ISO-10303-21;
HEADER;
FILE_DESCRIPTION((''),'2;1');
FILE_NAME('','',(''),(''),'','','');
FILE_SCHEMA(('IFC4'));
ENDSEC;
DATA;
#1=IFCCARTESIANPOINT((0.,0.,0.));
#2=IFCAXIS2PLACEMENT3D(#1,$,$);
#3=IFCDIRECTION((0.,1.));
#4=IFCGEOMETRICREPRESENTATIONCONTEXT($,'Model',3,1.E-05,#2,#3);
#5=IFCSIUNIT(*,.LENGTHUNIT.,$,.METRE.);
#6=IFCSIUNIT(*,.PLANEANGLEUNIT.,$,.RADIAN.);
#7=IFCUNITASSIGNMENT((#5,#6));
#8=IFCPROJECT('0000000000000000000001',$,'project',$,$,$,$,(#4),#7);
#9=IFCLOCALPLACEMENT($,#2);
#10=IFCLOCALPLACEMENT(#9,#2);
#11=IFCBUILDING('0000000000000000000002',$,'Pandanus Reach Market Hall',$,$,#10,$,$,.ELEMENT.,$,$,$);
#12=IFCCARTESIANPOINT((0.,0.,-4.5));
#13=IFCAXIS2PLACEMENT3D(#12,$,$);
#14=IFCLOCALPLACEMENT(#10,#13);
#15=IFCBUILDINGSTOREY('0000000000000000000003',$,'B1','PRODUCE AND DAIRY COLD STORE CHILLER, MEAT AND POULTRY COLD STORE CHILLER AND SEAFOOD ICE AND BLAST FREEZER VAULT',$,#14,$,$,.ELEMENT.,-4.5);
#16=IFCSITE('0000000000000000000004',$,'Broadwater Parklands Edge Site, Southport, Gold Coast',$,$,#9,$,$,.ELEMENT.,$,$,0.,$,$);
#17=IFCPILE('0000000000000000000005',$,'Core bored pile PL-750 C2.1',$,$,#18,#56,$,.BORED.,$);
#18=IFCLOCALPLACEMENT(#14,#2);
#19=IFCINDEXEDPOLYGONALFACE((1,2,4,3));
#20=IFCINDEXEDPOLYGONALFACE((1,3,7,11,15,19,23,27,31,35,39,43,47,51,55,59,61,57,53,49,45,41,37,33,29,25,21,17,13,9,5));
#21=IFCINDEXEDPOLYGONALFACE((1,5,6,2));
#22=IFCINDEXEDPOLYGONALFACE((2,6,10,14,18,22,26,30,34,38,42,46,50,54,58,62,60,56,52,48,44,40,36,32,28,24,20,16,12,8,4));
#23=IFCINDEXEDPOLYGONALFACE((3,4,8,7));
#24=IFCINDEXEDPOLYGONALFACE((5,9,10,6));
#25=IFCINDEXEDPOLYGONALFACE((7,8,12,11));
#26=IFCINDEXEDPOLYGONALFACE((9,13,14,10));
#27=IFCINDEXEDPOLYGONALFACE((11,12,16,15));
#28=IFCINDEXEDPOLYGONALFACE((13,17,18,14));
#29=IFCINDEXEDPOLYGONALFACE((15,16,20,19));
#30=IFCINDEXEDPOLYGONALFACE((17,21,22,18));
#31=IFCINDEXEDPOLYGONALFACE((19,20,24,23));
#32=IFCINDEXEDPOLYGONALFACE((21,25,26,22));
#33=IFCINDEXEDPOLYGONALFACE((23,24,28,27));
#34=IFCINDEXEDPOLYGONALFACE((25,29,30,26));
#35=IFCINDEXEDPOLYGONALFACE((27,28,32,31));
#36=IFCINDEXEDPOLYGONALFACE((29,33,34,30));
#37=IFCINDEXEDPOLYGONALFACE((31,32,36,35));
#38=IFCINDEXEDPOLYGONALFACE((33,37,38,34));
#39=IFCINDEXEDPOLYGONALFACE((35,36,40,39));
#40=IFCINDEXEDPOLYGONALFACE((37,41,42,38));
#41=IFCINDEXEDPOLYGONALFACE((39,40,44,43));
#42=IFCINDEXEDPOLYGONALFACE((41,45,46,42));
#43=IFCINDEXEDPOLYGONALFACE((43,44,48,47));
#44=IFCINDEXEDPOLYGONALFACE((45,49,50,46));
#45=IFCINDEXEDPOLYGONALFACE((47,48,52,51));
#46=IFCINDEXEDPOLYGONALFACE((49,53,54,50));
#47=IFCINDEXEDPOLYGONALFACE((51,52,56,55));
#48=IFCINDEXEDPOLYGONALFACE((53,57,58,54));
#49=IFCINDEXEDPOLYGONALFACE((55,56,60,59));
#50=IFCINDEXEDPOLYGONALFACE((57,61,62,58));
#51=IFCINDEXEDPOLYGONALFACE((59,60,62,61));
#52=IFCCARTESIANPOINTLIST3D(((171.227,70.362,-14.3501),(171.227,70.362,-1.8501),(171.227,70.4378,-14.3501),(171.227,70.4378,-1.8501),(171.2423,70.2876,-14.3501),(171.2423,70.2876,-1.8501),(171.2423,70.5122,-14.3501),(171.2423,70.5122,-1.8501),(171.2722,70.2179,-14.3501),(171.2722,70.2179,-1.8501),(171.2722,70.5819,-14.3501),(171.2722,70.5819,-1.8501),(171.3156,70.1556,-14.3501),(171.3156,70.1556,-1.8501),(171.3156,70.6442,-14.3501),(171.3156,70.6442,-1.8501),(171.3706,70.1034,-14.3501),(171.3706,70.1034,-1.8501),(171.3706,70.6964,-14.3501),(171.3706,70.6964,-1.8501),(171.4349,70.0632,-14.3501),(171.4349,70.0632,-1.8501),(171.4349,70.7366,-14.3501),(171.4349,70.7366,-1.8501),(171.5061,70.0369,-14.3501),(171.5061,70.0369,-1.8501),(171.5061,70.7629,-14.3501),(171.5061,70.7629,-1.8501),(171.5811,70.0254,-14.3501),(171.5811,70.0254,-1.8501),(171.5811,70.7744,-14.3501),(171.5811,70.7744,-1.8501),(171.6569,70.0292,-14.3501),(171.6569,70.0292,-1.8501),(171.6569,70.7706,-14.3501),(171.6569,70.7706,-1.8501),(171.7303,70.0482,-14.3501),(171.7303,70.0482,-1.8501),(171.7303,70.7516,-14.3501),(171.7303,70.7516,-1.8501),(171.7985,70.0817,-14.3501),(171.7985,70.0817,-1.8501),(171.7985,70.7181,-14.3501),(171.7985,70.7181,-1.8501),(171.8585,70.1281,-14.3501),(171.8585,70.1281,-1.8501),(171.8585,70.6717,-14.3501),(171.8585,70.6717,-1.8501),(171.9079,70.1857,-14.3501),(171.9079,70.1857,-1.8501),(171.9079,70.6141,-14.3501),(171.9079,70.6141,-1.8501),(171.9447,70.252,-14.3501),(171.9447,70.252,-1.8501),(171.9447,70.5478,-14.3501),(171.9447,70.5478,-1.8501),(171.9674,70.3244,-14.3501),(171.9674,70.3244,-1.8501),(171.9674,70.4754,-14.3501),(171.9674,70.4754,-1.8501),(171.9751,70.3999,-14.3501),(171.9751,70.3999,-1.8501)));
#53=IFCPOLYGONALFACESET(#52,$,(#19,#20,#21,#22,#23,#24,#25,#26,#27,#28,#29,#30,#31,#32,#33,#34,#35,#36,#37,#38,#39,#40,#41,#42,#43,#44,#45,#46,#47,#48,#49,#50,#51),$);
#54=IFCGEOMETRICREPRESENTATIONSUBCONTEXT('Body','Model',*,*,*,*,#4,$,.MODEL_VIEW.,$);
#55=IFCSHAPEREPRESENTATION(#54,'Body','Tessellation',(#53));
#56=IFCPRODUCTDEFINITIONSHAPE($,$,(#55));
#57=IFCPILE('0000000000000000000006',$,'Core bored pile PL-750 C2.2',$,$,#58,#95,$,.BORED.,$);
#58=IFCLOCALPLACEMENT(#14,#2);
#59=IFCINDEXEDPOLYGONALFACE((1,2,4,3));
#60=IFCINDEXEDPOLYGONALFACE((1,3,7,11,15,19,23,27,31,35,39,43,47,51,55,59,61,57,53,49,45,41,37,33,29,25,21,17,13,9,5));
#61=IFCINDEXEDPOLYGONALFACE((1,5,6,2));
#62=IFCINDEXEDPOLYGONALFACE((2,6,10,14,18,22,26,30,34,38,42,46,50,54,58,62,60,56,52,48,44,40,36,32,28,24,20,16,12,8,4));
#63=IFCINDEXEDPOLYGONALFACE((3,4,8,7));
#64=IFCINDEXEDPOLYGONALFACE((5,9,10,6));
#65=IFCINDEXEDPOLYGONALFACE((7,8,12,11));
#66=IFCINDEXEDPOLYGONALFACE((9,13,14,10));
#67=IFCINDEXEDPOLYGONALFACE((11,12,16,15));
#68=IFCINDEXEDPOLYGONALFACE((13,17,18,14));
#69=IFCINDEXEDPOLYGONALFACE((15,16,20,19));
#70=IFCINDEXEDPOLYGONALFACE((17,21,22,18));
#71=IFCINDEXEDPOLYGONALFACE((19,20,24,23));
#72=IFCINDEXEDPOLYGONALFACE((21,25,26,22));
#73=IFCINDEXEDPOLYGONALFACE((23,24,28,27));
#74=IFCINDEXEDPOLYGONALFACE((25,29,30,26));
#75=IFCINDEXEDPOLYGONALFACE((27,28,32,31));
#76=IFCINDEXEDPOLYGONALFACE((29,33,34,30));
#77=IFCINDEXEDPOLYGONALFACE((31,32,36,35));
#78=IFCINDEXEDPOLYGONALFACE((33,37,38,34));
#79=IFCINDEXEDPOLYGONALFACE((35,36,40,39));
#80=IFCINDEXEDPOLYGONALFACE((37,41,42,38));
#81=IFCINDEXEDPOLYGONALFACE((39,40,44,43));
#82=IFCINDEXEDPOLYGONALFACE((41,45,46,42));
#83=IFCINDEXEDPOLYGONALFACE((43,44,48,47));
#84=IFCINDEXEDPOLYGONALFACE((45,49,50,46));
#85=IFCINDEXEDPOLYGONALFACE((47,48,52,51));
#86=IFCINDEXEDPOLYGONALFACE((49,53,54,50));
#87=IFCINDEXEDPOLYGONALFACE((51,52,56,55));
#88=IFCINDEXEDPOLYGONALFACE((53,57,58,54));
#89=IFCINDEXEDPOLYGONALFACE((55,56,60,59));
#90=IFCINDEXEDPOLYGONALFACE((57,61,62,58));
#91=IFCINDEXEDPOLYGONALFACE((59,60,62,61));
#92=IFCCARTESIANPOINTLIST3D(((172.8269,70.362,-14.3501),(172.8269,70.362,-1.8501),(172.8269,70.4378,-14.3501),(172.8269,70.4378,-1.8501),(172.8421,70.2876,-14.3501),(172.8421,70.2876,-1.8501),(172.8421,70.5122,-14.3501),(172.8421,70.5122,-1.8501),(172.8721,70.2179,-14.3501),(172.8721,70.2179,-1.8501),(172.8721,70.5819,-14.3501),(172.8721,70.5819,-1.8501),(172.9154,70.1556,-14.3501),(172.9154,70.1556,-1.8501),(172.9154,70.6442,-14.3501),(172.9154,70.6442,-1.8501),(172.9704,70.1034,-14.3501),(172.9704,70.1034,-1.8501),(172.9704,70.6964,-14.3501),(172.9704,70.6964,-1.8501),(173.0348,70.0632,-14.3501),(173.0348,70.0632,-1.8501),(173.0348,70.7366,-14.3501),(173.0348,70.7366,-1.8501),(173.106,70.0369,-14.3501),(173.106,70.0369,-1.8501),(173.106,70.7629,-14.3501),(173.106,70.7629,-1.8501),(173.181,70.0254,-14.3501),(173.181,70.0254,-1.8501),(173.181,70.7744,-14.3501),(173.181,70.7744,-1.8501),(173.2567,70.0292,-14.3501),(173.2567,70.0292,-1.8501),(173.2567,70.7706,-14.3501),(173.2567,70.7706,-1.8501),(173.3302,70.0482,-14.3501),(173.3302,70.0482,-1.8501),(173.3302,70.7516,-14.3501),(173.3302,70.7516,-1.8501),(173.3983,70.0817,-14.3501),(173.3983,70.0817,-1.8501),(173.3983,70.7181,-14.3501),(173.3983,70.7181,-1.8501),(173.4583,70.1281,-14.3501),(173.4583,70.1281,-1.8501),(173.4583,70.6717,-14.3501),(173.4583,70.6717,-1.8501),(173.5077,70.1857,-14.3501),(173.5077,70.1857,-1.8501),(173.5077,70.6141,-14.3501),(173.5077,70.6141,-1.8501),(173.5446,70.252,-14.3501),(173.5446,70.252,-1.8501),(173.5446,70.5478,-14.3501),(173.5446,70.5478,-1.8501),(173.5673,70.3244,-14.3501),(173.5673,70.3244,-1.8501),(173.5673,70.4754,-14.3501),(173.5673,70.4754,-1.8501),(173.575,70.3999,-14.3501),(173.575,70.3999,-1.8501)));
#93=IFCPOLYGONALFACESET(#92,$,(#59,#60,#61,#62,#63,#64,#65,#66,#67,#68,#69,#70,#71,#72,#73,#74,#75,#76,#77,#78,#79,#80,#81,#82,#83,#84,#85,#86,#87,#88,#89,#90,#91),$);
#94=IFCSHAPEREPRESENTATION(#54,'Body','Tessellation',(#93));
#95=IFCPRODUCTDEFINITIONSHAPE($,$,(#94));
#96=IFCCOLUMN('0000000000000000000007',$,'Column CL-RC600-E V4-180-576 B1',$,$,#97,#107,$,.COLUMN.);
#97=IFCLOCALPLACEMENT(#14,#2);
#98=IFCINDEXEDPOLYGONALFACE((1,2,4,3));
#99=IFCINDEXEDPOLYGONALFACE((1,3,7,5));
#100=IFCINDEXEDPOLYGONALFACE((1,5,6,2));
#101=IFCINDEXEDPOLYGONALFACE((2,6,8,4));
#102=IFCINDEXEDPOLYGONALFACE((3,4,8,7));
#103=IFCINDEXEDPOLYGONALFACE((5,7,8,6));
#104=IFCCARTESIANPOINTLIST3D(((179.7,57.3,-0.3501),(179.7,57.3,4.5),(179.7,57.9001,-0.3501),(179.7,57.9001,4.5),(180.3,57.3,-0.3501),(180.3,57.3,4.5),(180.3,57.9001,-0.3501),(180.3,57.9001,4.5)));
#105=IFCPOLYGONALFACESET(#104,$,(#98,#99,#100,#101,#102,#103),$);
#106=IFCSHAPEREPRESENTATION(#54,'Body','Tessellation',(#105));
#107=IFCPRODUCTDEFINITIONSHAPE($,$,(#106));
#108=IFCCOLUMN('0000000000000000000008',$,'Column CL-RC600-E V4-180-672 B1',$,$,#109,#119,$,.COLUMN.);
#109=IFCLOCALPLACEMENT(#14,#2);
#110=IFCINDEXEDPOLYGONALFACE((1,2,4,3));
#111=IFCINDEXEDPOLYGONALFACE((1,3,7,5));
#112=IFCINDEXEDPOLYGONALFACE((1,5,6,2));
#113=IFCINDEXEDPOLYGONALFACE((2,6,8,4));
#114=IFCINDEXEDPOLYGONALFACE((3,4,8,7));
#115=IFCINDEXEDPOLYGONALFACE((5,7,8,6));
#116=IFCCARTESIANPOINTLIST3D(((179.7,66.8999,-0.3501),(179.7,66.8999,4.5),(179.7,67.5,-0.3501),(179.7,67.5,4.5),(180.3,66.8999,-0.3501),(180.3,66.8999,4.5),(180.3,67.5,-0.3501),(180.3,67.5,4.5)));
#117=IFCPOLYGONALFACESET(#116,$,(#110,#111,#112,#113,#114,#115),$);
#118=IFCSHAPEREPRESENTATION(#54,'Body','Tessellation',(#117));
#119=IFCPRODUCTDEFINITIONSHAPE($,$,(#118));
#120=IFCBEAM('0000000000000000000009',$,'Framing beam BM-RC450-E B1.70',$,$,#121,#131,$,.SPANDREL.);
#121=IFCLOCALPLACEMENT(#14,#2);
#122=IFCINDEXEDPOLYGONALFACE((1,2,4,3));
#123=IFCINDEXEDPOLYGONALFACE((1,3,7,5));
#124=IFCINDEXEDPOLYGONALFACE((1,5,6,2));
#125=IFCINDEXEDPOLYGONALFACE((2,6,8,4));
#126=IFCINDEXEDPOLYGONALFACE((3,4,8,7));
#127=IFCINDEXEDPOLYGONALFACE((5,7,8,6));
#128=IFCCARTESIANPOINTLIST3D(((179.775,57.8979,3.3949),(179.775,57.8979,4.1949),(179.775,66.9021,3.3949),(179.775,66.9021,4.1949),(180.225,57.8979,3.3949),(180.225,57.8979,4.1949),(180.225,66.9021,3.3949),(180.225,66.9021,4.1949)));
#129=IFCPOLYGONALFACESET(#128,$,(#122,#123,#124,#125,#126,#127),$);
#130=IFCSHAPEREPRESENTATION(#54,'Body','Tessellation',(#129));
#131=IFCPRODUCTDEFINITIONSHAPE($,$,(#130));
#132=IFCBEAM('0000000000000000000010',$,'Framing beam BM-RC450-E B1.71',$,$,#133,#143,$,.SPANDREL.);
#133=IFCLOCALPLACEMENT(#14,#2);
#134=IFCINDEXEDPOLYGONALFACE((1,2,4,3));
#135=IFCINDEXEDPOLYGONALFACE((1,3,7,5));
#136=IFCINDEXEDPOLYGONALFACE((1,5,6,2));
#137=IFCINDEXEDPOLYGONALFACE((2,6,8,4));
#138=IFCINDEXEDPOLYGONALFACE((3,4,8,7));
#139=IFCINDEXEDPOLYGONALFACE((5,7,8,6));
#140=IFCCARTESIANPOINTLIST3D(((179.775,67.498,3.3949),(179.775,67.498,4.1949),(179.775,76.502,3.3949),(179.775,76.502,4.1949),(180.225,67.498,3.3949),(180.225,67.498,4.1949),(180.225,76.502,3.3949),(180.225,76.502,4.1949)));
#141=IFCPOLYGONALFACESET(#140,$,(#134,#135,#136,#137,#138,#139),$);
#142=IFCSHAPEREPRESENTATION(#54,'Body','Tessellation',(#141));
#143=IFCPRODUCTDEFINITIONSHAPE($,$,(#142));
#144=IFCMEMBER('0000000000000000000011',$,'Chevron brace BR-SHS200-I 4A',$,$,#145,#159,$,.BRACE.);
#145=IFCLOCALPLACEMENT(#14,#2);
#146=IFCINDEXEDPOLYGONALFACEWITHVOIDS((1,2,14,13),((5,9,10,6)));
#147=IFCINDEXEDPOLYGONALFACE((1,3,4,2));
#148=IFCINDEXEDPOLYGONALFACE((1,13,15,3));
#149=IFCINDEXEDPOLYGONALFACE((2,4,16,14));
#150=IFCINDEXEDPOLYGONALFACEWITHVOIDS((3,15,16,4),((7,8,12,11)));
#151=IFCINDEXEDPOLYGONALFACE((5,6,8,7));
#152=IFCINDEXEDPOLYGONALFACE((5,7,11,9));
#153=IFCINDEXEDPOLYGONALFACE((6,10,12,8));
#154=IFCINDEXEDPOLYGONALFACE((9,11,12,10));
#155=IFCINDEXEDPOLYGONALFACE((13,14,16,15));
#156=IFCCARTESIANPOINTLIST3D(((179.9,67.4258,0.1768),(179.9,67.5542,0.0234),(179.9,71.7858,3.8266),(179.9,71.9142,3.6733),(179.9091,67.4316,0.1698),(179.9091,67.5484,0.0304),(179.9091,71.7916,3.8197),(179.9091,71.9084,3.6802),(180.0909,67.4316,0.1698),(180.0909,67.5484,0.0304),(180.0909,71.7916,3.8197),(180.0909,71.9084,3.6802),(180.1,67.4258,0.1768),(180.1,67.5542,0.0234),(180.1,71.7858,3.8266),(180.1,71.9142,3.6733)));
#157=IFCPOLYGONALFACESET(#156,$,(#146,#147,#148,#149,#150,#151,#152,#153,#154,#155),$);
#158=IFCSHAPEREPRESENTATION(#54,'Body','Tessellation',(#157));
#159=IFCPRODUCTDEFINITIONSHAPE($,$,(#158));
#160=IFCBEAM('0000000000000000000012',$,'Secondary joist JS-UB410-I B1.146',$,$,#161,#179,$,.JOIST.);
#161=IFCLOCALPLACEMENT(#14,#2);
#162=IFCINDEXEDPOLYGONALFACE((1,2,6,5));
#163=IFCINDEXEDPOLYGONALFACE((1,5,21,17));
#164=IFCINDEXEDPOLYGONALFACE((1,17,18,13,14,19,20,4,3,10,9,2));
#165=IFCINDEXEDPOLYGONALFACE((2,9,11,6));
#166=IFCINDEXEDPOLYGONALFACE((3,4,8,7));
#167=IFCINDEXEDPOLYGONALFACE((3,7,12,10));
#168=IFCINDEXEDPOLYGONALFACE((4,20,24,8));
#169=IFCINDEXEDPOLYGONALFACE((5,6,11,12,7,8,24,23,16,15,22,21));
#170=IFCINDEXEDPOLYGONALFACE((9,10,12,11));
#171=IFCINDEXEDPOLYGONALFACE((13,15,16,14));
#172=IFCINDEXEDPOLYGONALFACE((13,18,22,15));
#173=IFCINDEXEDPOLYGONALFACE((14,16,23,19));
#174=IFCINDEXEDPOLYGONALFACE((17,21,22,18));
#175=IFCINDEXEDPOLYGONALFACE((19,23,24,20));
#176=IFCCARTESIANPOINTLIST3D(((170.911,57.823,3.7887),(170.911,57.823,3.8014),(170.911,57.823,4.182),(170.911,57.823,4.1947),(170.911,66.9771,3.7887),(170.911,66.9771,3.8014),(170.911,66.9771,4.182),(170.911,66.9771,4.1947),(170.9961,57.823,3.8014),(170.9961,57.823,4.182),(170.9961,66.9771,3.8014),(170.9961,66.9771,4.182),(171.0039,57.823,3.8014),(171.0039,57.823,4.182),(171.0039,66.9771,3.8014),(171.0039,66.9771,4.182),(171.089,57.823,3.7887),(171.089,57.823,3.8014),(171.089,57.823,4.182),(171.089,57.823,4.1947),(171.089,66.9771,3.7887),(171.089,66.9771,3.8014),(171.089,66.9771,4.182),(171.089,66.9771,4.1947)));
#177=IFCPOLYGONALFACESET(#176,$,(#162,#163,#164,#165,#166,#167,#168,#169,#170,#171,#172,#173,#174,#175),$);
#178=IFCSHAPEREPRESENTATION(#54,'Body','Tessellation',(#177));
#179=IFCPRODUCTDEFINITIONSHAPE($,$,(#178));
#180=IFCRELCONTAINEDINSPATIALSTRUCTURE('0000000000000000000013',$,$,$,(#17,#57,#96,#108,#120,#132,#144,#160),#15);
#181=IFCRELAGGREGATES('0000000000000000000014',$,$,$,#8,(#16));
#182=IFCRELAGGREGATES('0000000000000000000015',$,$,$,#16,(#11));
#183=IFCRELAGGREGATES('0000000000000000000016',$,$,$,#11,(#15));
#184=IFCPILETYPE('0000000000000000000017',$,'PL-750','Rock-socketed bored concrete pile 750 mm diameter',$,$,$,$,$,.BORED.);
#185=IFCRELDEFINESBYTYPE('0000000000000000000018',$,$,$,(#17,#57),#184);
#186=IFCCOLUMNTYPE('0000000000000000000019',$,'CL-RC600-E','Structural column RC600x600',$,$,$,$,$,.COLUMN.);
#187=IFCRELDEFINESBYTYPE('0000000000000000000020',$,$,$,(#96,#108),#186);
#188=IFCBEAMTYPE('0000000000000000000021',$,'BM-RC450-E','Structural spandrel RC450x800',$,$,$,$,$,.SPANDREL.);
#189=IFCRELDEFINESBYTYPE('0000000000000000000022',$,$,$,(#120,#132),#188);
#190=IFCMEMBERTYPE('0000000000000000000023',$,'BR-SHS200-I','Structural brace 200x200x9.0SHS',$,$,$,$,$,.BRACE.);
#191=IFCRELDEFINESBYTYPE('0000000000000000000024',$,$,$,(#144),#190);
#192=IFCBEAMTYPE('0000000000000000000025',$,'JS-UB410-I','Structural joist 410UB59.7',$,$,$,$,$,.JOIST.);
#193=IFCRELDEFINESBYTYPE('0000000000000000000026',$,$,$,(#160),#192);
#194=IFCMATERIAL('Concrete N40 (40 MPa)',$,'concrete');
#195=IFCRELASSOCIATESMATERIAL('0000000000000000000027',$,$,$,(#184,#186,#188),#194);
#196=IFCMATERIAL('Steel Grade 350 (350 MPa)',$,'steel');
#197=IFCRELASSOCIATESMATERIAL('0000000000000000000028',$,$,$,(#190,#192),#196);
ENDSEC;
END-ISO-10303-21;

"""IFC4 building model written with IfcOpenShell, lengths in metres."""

from ifc_helpers import new_model, si_unit, direction, frame, origin, origin_2d, place, context, subcontext, project, spatial, rectangle, hollow_rectangle, circle, i_section, extrude, material, material_profile, profile_set, type_object, element, save


model = new_model("IFC4")

# Units and contexts
model_context = context("Model", 3, precision=1e-05, world=origin(), true_north=direction((0.0, 1.0)))
body_context = subcontext(model_context, "Body", "Model", "MODEL_VIEW")
ifc_project = project(units=[si_unit("LENGTHUNIT", "METRE"), si_unit("PLANEANGLEUNIT", "RADIAN")], contexts=[model_context])

# Site, building, storey
site_placement = place(None, origin())
site = spatial("IfcSite", under=ifc_project, at=site_placement, Name="Broadwater Parklands Edge Site, Southport, Gold Coast", CompositionType="ELEMENT", RefElevation=0.0)
building_placement = place(site_placement, origin())
building = spatial("IfcBuilding", under=site, at=building_placement, Name="Pandanus Reach Market Hall", CompositionType="ELEMENT")
storey_placement = place(building_placement, frame((0.0, 0.0, -4.5)))
storey = spatial("IfcBuildingStorey", under=building, at=storey_placement, Name="B1", Description="PRODUCE AND DAIRY COLD STORE CHILLER, MEAT AND POULTRY COLD STORE CHILLER AND SEAFOOD ICE AND BLAST FREEZER VAULT", CompositionType="ELEMENT", Elevation=-4.5)

# Shared definitions
ifc_material_1 = material(Name="Concrete N40 (40 MPa)", Category="concrete")

# Piles
ifc_material_profile_1 = material_profile(ifc_material_1, circle(Radius=0.375, at=origin_2d()), Name="PILE-750D", Category="LoadBearing")
ifc_profile_set_1 = profile_set([ifc_material_profile_1], Name="Concrete N40 (40 MPa)")
pile_type_1 = type_object("IfcPileType", Name="PL-750", Description="Rock-socketed bored concrete pile 750 mm diameter", PredefinedType="BORED", material=ifc_profile_set_1)
for number, where, z_axis, x_axis, name in (
    (1, (171.6001, 70.3999, -1.8501), (0.0, 0.0, -1.0), (1.0, 0.0, 0.0), "Core bored pile PL-750 C2.1"),
    (2, (173.2, 70.3999, -1.8501), (0.0, 0.0, -1.0), (1.0, 0.0, 0.0), "Core bored pile PL-750 C2.2"),
):
    element("IfcPile", number, at=place(storey_placement, frame(where, z_axis=z_axis, x_axis=x_axis)), inside=storey, type_object=pile_type_1, Name=name, PredefinedType="BORED", context=body_context, shape_type="SweptSolid", body=[
        extrude(circle(Radius=0.375, at=origin_2d()), origin(), (0.0, 0.0, 1.0), 12.5),
    ])

# Columns
ifc_material_profile_2 = material_profile(ifc_material_1, rectangle(XDim=0.6001, YDim=0.6001, at=origin_2d()), Name="RC600x600", Category="LoadBearing")
ifc_profile_set_2 = profile_set([ifc_material_profile_2], Name="Concrete N40 (40 MPa)")
column_type = type_object("IfcColumnType", Name="CL-RC600-E", Description="Structural column RC600x600", PredefinedType="COLUMN", material=ifc_profile_set_2)
for number, where, z_axis, x_axis, name in (
    (3, (180.0, 57.6001, -0.3501), (0.0, 0.0, 1.0), (1.0, 0.0, 0.0), "Column CL-RC600-E V4-180-576 B1"),
    (4, (180.0, 67.2, -0.3501), (0.0, 0.0, 1.0), (1.0, 0.0, 0.0), "Column CL-RC600-E V4-180-672 B1"),
):
    element("IfcColumn", number, at=place(storey_placement, frame(where, z_axis=z_axis, x_axis=x_axis)), inside=storey, type_object=column_type, Name=name, PredefinedType="COLUMN", context=body_context, shape_type="SweptSolid", body=[
        extrude(rectangle(XDim=0.6001, YDim=0.6001, at=origin_2d()), origin(), (0.0, 0.0, 1.0), 4.8501),
    ])

# Beams
ifc_material_profile_3 = material_profile(ifc_material_1, rectangle(XDim=0.45, YDim=0.8, at=origin_2d()), Name="RC450x800", Category="LoadBearing")
ifc_profile_set_3 = profile_set([ifc_material_profile_3], Name="Concrete N40 (40 MPa)")
beam_type_1 = type_object("IfcBeamType", Name="BM-RC450-E", Description="Structural spandrel RC450x800", PredefinedType="SPANDREL", material=ifc_profile_set_3)
beam_1_placement = place(storey_placement, frame((180.0, 57.8979, 3.7949), z_axis=(0.0, 1.0, 0.0), x_axis=(-1.0, 0.0, 0.0)))
element("IfcBeam", 5, at=beam_1_placement, inside=storey, type_object=beam_type_1, Name="Framing beam BM-RC450-E B1.70", PredefinedType="SPANDREL", context=body_context, shape_type="SweptSolid", body=[
    extrude(rectangle(XDim=0.45, YDim=0.8, at=origin_2d()), origin(), (0.0, 0.0, 1.0), 9.0042),
])
beam_2_placement = place(storey_placement, frame((180.0, 67.498, 3.7949), z_axis=(0.0, 1.0, 0.0), x_axis=(-1.0, 0.0, 0.0)))
element("IfcBeam", 6, at=beam_2_placement, inside=storey, type_object=beam_type_1, Name="Framing beam BM-RC450-E B1.71", PredefinedType="SPANDREL", context=body_context, shape_type="SweptSolid", body=[
    extrude(rectangle(XDim=0.45, YDim=0.8, at=origin_2d()), origin(), (0.0, 0.0, 1.0), 9.0039),
])

# Member
ifc_material_2 = material(Name="Steel Grade 350 (350 MPa)", Category="steel")
ifc_material_profile_4 = material_profile(ifc_material_2, hollow_rectangle(XDim=0.2, YDim=0.2, WallThickness=0.009, at=origin_2d()), Name="200x200x9.0SHS", Category="LoadBearing")
ifc_profile_set_4 = profile_set([ifc_material_profile_4], Name="Steel Grade 350 (350 MPa)")
member_type = type_object("IfcMemberType", Name="BR-SHS200-I", Description="Structural brace 200x200x9.0SHS", PredefinedType="BRACE", material=ifc_profile_set_4)
member_placement = place(storey_placement, frame((180.0, 67.49, 0.1001), z_axis=(0.0, 0.766794, 0.641893), x_axis=(-1.0, 0.0, 0.0)))
element("IfcMember", 7, at=member_placement, inside=storey, type_object=member_type, Name="Chevron brace BR-SHS200-I 4A", PredefinedType="BRACE", context=body_context, shape_type="SweptSolid", body=[
    extrude(hollow_rectangle(XDim=0.2, YDim=0.2, WallThickness=0.009, at=origin_2d()), origin(), (0.0, 0.0, 1.0), 5.686),
])

# Beam
ifc_material_profile_5 = material_profile(ifc_material_2, i_section(OverallWidth=0.178, OverallDepth=0.406, WebThickness=0.0078, FlangeThickness=0.0127, at=origin_2d()), Name="410UB59.7", Category="LoadBearing")
ifc_profile_set_5 = profile_set([ifc_material_profile_5], Name="Steel Grade 350 (350 MPa)")
beam_type_2 = type_object("IfcBeamType", Name="JS-UB410-I", Description="Structural joist 410UB59.7", PredefinedType="JOIST", material=ifc_profile_set_5)
for number, where, z_axis, x_axis, name in (
    (8, (171.0, 57.823, 3.9917), (0.0, 1.0, 0.0), (-1.0, 0.0, 0.0), "Secondary joist JS-UB410-I B1.146"),
):
    element("IfcBeam", number, at=place(storey_placement, frame(where, z_axis=z_axis, x_axis=x_axis)), inside=storey, type_object=beam_type_2, Name=name, PredefinedType="JOIST", context=body_context, shape_type="SweptSolid", body=[
        extrude(i_section(OverallWidth=0.178, OverallDepth=0.406, WebThickness=0.0078, FlangeThickness=0.0127, at=origin_2d()), origin(), (0.0, 0.0, 1.0), 9.1541),
    ])

save(model, "model.ifc")
